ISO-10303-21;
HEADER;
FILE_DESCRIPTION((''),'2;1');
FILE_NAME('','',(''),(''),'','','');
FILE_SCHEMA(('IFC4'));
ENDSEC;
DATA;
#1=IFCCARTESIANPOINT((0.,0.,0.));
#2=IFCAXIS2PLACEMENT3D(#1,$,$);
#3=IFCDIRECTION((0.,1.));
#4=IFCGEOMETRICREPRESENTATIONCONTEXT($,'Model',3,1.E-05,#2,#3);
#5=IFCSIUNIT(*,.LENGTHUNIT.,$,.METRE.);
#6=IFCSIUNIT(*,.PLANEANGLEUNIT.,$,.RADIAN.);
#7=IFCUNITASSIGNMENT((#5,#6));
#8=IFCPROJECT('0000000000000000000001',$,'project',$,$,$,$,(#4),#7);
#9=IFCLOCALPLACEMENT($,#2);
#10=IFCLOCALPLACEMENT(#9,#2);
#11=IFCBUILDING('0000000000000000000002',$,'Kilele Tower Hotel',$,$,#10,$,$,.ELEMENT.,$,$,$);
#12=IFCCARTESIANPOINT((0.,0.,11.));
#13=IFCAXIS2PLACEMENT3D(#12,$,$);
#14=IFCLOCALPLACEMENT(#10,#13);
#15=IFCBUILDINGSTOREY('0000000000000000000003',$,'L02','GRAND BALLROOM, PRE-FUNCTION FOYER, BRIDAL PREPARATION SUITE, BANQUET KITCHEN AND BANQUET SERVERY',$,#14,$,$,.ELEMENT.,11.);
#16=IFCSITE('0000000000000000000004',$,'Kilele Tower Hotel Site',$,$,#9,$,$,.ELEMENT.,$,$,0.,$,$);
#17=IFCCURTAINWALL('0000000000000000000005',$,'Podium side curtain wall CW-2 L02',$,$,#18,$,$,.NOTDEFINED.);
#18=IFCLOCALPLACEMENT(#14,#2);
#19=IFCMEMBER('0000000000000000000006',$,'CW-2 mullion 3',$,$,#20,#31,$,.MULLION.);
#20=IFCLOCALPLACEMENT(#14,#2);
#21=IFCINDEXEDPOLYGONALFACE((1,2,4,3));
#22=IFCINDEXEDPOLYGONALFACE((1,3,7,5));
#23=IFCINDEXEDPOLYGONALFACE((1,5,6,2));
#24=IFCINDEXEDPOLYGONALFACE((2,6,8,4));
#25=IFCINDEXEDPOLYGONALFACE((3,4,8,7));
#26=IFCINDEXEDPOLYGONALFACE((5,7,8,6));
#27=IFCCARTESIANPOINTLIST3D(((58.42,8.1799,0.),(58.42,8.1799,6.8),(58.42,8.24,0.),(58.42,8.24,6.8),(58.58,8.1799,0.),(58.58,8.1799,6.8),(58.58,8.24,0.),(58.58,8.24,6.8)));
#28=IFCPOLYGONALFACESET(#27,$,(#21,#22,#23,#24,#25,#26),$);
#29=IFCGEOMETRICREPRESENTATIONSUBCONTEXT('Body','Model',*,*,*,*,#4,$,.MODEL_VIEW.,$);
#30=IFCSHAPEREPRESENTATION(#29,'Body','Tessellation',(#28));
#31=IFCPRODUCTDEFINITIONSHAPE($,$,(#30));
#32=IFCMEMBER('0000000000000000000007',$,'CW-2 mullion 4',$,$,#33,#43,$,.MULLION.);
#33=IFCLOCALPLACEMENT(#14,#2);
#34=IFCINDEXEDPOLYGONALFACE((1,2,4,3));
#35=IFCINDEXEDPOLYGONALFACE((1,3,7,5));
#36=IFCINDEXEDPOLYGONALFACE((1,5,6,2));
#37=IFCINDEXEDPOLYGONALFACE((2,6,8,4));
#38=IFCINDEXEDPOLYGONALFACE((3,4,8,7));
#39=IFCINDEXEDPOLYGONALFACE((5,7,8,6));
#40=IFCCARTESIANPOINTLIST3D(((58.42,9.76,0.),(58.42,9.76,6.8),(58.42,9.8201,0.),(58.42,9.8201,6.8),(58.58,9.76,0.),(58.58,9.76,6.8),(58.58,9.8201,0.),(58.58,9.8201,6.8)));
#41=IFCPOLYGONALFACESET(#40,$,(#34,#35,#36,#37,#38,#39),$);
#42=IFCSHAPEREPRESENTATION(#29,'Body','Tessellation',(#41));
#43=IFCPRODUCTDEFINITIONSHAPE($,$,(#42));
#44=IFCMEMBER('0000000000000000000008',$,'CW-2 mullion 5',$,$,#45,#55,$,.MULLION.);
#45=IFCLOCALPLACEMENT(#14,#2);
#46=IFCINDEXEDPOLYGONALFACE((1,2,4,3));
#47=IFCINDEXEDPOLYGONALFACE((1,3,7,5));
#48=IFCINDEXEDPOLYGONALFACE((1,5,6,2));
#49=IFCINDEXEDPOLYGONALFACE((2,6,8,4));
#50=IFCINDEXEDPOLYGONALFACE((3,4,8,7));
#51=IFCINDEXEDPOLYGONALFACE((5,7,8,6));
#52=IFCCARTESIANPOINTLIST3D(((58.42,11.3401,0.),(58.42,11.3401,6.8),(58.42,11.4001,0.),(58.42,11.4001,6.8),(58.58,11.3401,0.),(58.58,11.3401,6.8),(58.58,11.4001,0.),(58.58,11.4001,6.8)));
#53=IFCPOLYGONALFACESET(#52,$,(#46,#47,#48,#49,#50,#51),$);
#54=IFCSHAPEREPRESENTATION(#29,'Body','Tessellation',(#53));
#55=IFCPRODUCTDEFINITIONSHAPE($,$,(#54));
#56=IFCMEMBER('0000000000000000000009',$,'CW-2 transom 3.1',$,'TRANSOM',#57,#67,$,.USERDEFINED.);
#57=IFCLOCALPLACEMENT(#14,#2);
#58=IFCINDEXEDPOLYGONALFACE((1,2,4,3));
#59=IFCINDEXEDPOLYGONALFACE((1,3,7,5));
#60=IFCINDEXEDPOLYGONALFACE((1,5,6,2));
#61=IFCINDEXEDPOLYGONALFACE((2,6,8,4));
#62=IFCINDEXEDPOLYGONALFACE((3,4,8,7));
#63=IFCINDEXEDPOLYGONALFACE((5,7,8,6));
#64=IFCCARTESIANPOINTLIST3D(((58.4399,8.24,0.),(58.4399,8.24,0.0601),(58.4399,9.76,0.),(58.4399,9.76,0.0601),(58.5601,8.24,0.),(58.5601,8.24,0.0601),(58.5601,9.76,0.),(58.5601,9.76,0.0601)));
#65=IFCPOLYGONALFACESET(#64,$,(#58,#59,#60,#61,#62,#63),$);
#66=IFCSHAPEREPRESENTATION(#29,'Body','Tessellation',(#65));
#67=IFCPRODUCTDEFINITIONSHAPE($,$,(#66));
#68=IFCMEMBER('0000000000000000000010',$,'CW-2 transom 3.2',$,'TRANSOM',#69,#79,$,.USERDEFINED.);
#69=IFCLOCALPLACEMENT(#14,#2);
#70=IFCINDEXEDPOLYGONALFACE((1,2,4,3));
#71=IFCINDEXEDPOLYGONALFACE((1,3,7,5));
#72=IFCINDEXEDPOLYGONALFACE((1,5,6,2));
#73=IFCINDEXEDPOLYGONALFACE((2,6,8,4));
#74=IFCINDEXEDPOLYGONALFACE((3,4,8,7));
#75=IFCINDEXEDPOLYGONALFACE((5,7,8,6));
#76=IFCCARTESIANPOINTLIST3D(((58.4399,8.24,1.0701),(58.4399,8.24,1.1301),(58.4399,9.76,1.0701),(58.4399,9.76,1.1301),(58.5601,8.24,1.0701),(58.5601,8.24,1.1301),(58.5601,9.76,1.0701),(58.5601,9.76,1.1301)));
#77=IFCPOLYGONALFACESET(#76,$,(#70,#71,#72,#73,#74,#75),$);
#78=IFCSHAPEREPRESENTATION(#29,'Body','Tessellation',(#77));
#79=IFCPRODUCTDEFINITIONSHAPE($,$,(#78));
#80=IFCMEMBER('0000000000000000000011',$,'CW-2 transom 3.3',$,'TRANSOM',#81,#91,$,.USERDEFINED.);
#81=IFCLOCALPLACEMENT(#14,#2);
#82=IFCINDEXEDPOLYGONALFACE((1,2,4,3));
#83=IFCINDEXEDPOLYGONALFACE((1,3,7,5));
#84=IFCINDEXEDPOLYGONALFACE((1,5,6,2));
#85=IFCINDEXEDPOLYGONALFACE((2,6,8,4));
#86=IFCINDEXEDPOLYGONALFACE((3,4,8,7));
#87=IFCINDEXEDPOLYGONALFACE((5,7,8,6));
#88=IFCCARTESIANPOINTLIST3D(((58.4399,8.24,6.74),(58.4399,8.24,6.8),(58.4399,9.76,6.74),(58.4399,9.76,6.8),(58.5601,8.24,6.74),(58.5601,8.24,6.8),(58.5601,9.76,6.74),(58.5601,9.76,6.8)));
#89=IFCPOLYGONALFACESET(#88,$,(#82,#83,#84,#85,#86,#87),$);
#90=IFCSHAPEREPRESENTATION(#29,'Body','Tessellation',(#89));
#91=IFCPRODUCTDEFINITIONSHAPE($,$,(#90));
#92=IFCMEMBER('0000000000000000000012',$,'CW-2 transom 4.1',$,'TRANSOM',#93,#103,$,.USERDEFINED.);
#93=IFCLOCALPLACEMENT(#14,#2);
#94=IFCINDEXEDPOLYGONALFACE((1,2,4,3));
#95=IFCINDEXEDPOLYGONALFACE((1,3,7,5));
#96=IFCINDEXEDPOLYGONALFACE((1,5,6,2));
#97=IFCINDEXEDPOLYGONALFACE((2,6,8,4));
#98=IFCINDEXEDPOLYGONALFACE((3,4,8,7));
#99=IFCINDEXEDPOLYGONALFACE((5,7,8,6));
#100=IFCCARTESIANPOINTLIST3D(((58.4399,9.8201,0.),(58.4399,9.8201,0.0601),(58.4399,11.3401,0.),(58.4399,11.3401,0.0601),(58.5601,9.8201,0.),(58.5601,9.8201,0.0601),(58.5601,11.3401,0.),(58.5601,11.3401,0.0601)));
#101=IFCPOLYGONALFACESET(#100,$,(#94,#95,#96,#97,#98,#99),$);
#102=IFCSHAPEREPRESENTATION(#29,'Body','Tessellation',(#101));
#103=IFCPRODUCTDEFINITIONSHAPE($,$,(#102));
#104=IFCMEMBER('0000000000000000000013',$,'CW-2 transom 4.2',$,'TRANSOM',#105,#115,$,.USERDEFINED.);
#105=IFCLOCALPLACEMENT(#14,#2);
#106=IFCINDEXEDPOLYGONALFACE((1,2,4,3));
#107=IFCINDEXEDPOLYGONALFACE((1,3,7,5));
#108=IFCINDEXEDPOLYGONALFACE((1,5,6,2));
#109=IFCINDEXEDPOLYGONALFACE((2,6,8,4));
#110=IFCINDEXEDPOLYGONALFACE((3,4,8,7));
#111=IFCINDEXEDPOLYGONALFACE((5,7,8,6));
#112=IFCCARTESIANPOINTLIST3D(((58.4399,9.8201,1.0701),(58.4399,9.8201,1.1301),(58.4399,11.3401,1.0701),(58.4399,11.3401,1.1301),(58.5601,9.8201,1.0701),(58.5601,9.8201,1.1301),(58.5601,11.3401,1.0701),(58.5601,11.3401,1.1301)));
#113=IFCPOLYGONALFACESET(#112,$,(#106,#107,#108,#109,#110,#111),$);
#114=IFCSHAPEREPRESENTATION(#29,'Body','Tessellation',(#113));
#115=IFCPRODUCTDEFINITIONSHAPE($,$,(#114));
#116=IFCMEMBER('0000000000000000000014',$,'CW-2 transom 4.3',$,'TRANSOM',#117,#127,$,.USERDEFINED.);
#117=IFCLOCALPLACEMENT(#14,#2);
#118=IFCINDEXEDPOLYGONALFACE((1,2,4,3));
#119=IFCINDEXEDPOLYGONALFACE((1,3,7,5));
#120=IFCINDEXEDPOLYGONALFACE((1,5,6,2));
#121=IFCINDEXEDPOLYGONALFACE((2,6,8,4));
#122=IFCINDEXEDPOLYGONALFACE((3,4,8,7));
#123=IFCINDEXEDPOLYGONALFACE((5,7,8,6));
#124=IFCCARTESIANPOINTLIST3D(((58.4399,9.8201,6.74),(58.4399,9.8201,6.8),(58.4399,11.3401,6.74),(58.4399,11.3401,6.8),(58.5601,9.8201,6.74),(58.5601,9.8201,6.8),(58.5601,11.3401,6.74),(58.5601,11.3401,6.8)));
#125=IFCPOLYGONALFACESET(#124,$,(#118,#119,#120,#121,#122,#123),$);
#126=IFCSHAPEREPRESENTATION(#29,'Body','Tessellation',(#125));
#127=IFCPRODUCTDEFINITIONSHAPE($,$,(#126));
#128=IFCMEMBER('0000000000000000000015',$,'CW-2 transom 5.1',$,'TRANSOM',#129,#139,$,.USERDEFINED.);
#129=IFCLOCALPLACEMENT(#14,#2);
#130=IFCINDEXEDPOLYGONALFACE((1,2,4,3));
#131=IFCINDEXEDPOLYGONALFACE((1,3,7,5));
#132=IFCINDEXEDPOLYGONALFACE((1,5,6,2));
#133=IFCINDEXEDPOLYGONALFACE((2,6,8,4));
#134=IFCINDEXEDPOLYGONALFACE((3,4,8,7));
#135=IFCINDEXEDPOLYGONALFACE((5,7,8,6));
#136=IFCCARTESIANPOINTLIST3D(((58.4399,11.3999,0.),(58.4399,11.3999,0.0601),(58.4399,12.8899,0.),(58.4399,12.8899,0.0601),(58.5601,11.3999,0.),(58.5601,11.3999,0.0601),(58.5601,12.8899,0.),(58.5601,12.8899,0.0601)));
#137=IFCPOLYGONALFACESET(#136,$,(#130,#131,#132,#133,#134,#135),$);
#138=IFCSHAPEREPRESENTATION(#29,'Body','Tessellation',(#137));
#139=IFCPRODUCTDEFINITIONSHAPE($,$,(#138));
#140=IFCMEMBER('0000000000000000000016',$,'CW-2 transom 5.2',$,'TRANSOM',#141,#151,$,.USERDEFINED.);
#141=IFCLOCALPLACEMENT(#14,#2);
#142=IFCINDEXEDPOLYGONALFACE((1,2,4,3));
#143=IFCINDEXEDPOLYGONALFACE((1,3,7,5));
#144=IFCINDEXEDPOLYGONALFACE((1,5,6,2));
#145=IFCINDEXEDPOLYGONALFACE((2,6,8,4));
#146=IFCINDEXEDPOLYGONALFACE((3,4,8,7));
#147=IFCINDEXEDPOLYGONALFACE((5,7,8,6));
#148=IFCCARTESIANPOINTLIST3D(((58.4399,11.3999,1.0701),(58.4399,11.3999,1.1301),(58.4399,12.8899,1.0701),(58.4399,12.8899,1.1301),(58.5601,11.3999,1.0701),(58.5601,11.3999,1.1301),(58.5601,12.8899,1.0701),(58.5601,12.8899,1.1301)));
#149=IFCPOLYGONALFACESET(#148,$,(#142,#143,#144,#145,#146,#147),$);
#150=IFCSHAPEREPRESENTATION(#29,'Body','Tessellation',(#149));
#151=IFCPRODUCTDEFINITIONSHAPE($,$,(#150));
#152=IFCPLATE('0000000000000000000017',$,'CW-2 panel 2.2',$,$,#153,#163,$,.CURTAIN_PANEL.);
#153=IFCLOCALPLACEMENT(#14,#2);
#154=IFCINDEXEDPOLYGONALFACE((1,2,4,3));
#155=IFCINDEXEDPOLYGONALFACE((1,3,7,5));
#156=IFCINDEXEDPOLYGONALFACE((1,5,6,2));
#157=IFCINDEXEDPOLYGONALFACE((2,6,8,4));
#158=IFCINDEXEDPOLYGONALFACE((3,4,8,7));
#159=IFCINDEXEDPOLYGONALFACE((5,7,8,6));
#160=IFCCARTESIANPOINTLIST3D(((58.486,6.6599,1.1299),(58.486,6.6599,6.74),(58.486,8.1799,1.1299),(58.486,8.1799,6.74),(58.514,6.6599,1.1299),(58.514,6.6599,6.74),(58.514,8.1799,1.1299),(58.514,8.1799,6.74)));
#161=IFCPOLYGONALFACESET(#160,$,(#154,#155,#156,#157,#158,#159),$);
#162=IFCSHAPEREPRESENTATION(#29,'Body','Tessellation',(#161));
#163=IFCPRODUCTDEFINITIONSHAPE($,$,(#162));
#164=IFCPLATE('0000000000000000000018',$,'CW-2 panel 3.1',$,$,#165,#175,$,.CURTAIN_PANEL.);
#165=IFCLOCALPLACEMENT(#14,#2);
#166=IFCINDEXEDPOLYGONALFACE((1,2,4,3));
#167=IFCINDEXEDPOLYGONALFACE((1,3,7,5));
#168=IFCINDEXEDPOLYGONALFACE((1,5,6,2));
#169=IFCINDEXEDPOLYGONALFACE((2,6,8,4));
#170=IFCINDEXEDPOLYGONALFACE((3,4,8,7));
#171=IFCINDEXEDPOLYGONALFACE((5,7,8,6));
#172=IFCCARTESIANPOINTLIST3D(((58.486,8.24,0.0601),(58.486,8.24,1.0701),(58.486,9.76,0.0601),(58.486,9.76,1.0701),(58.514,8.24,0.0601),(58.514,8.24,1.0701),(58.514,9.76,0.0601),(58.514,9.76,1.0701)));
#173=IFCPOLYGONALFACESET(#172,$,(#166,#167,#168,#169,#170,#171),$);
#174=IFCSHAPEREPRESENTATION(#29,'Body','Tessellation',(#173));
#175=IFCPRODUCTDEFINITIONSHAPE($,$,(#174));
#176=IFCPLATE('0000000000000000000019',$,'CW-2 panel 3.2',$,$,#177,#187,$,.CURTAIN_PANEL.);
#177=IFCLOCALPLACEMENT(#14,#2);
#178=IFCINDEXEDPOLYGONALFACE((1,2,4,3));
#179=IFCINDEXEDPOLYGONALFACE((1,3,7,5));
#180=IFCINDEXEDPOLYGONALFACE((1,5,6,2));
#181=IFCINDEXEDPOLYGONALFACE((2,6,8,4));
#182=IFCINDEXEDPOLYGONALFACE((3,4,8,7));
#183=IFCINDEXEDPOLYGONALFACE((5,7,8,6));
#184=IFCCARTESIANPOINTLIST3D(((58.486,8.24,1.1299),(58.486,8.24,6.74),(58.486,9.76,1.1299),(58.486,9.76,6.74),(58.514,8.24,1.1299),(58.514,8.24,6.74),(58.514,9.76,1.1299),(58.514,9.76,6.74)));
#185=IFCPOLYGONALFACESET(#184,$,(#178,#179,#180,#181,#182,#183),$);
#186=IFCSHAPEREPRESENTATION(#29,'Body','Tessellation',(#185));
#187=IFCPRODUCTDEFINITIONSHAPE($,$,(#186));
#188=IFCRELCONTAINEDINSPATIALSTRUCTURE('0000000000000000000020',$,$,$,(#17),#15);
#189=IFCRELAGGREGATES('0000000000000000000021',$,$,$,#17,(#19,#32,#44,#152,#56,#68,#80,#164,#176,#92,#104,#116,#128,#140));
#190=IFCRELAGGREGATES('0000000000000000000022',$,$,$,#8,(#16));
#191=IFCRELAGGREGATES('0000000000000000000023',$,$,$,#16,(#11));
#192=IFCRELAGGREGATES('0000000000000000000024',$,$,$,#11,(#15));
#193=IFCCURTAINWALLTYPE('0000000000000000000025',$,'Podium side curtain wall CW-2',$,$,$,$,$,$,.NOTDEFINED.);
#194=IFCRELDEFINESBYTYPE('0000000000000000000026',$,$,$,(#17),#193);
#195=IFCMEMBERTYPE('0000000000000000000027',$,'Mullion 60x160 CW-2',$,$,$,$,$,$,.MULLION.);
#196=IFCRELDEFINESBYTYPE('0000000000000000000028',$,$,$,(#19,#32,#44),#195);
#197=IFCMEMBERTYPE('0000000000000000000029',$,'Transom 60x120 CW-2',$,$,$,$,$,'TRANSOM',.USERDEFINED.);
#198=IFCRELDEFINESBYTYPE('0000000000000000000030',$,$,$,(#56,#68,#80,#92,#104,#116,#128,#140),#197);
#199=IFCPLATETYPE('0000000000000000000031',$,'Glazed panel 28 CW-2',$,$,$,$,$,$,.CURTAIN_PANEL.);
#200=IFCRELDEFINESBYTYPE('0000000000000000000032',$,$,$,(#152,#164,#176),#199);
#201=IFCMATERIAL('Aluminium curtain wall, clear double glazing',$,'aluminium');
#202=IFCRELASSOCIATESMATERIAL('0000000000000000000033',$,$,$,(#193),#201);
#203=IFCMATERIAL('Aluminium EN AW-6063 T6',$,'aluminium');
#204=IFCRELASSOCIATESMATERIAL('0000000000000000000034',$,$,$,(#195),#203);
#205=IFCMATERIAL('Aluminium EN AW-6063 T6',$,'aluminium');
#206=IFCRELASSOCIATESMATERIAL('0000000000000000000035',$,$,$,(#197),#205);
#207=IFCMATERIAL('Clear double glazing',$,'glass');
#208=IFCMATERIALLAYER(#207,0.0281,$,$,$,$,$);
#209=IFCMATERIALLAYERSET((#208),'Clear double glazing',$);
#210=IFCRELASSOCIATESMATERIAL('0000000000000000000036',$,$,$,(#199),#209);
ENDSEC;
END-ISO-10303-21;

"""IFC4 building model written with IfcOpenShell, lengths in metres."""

from ifc_helpers import new_model, si_unit, direction, frame, origin, origin_2d, place, context, subcontext, project, spatial, rectangle, extrude, material, layer, layer_set, material_profile, profile_set, type_object, element, aggregate, save


model = new_model("IFC4")

# Units and contexts
model_context = context("Model", 3, precision=1e-05, world=origin(), true_north=direction((0.0, 1.0)))
body_context = subcontext(model_context, "Body", "Model", "MODEL_VIEW")
ifc_project = project(units=[si_unit("LENGTHUNIT", "METRE"), si_unit("PLANEANGLEUNIT", "RADIAN")], contexts=[model_context])

# Site, building, storey
site_placement = place(None, origin())
site = spatial("IfcSite", under=ifc_project, at=site_placement, Name="Kilele Tower Hotel Site", CompositionType="ELEMENT", RefElevation=0.0)
building_placement = place(site_placement, origin())
building = spatial("IfcBuilding", under=site, at=building_placement, Name="Kilele Tower Hotel", CompositionType="ELEMENT")
storey_placement = place(building_placement, frame((0.0, 0.0, 11.0)))
storey = spatial("IfcBuildingStorey", under=building, at=storey_placement, Name="L02", Description="GRAND BALLROOM, PRE-FUNCTION FOYER, BRIDAL PREPARATION SUITE, BANQUET KITCHEN AND BANQUET SERVERY", CompositionType="ELEMENT", Elevation=11.0)

# Curtain wall, members, plates
ifc_material_1 = material(Name="Aluminium curtain wall, clear double glazing", Category="aluminium")
curtain_wall_type = type_object("IfcCurtainWallType", Name="Podium side curtain wall CW-2", PredefinedType="NOTDEFINED", material=ifc_material_1)
curtain_wall_placement = place(storey_placement, origin())
curtain_wall = element("IfcCurtainWall", 1, at=curtain_wall_placement, inside=storey, type_object=curtain_wall_type, Name="Podium side curtain wall CW-2 L02", PredefinedType="NOTDEFINED")
ifc_material_2 = material(Name="Aluminium EN AW-6063 T6", Category="aluminium")
ifc_material_profile_1 = material_profile(ifc_material_2, rectangle(XDim=0.1599, YDim=0.0601, at=origin_2d()))
ifc_profile_set_1 = profile_set([ifc_material_profile_1], Name="Aluminium EN AW-6063 T6")
member_type_1 = type_object("IfcMemberType", Name="Mullion 60x160 CW-2", PredefinedType="MULLION", material=ifc_profile_set_1)
member_1_placement = place(storey_placement, frame((58.5, 8.21, 0.0), z_axis=(0.0, 0.0, 1.0), x_axis=(-1.0, 0.0, 0.0)))
member_1 = element("IfcMember", 2, at=member_1_placement, type_object=member_type_1, Name="CW-2 mullion 3", PredefinedType="MULLION", context=body_context, shape_type="SweptSolid", body=[
    extrude(rectangle(XDim=0.1599, YDim=0.0601, at=origin_2d()), origin(), (0.0, 0.0, 1.0), 6.8),
])
member_2_placement = place(storey_placement, frame((58.5, 9.79, 0.0), z_axis=(0.0, 0.0, 1.0), x_axis=(-1.0, 0.0, 0.0)))
member_2 = element("IfcMember", 3, at=member_2_placement, type_object=member_type_1, Name="CW-2 mullion 4", PredefinedType="MULLION", context=body_context, shape_type="SweptSolid", body=[
    extrude(rectangle(XDim=0.1599, YDim=0.0601, at=origin_2d()), origin(), (0.0, 0.0, 1.0), 6.8),
])
member_3_placement = place(storey_placement, frame((58.5, 11.3701, 0.0), z_axis=(0.0, 0.0, 1.0), x_axis=(-1.0, 0.0, 0.0)))
member_3 = element("IfcMember", 4, at=member_3_placement, type_object=member_type_1, Name="CW-2 mullion 5", PredefinedType="MULLION", context=body_context, shape_type="SweptSolid", body=[
    extrude(rectangle(XDim=0.1599, YDim=0.0601, at=origin_2d()), origin(), (0.0, 0.0, 1.0), 6.8),
])
ifc_material_3 = material(Name="Aluminium EN AW-6063 T6", Category="aluminium")
ifc_material_profile_2 = material_profile(ifc_material_3, rectangle(XDim=0.1201, YDim=0.0601, at=origin_2d()))
ifc_profile_set_2 = profile_set([ifc_material_profile_2], Name="Aluminium EN AW-6063 T6")
member_type_2 = type_object("IfcMemberType", Name="Transom 60x120 CW-2", ElementType="TRANSOM", PredefinedType="USERDEFINED", material=ifc_profile_set_2)
member_4_placement = place(storey_placement, frame((58.5, 8.24, 0.03), z_axis=(0.0, 1.0, 0.0), x_axis=(-1.0, 0.0, 0.0)))
member_4 = element("IfcMember", 5, at=member_4_placement, type_object=member_type_2, Name="CW-2 transom 3.1", ObjectType="TRANSOM", PredefinedType="USERDEFINED", context=body_context, shape_type="SweptSolid", body=[
    extrude(rectangle(XDim=0.1201, YDim=0.0601, at=origin_2d()), origin(), (0.0, 0.0, 1.0), 1.52),
])
member_5_placement = place(storey_placement, frame((58.5, 8.24, 1.1001), z_axis=(0.0, 1.0, 0.0), x_axis=(-1.0, 0.0, 0.0)))
member_5 = element("IfcMember", 6, at=member_5_placement, type_object=member_type_2, Name="CW-2 transom 3.2", ObjectType="TRANSOM", PredefinedType="USERDEFINED", context=body_context, shape_type="SweptSolid", body=[
    extrude(rectangle(XDim=0.1201, YDim=0.0601, at=origin_2d()), origin(), (0.0, 0.0, 1.0), 1.52),
])
member_6_placement = place(storey_placement, frame((58.5, 8.24, 6.77), z_axis=(0.0, 1.0, 0.0), x_axis=(-1.0, 0.0, 0.0)))
member_6 = element("IfcMember", 7, at=member_6_placement, type_object=member_type_2, Name="CW-2 transom 3.3", ObjectType="TRANSOM", PredefinedType="USERDEFINED", context=body_context, shape_type="SweptSolid", body=[
    extrude(rectangle(XDim=0.1201, YDim=0.0601, at=origin_2d()), origin(), (0.0, 0.0, 1.0), 1.52),
])
member_7_placement = place(storey_placement, frame((58.5, 9.8201, 0.03), z_axis=(0.0, 1.0, 0.0), x_axis=(-1.0, 0.0, 0.0)))
member_7 = element("IfcMember", 8, at=member_7_placement, type_object=member_type_2, Name="CW-2 transom 4.1", ObjectType="TRANSOM", PredefinedType="USERDEFINED", context=body_context, shape_type="SweptSolid", body=[
    extrude(rectangle(XDim=0.1201, YDim=0.0601, at=origin_2d()), origin(), (0.0, 0.0, 1.0), 1.52),
])
member_8_placement = place(storey_placement, frame((58.5, 9.8201, 1.1001), z_axis=(0.0, 1.0, 0.0), x_axis=(-1.0, 0.0, 0.0)))
member_8 = element("IfcMember", 9, at=member_8_placement, type_object=member_type_2, Name="CW-2 transom 4.2", ObjectType="TRANSOM", PredefinedType="USERDEFINED", context=body_context, shape_type="SweptSolid", body=[
    extrude(rectangle(XDim=0.1201, YDim=0.0601, at=origin_2d()), origin(), (0.0, 0.0, 1.0), 1.52),
])
member_9_placement = place(storey_placement, frame((58.5, 9.8201, 6.77), z_axis=(0.0, 1.0, 0.0), x_axis=(-1.0, 0.0, 0.0)))
member_9 = element("IfcMember", 10, at=member_9_placement, type_object=member_type_2, Name="CW-2 transom 4.3", ObjectType="TRANSOM", PredefinedType="USERDEFINED", context=body_context, shape_type="SweptSolid", body=[
    extrude(rectangle(XDim=0.1201, YDim=0.0601, at=origin_2d()), origin(), (0.0, 0.0, 1.0), 1.52),
])
member_10_placement = place(storey_placement, frame((58.5, 11.3999, 0.03), z_axis=(0.0, 1.0, 0.0), x_axis=(-1.0, 0.0, 0.0)))
member_10 = element("IfcMember", 11, at=member_10_placement, type_object=member_type_2, Name="CW-2 transom 5.1", ObjectType="TRANSOM", PredefinedType="USERDEFINED", context=body_context, shape_type="SweptSolid", body=[
    extrude(rectangle(XDim=0.1201, YDim=0.0601, at=origin_2d()), origin(), (0.0, 0.0, 1.0), 1.49),
])
member_11_placement = place(storey_placement, frame((58.5, 11.3999, 1.1001), z_axis=(0.0, 1.0, 0.0), x_axis=(-1.0, 0.0, 0.0)))
member_11 = element("IfcMember", 12, at=member_11_placement, type_object=member_type_2, Name="CW-2 transom 5.2", ObjectType="TRANSOM", PredefinedType="USERDEFINED", context=body_context, shape_type="SweptSolid", body=[
    extrude(rectangle(XDim=0.1201, YDim=0.0601, at=origin_2d()), origin(), (0.0, 0.0, 1.0), 1.49),
])
ifc_material_4 = material(Name="Clear double glazing", Category="glass")
ifc_layer = layer(ifc_material_4, 0.0281)
ifc_layer_set = layer_set([ifc_layer], Name="Clear double glazing")
plate_type = type_object("IfcPlateType", Name="Glazed panel 28 CW-2", PredefinedType="CURTAIN_PANEL", material=ifc_layer_set)
plate_1_placement = place(storey_placement, frame((58.5, 7.4199, 1.1299), z_axis=(0.0, 0.0, 1.0), x_axis=(0.0, 1.0, 0.0)))
plate_1 = element("IfcPlate", 13, at=plate_1_placement, type_object=plate_type, Name="CW-2 panel 2.2", PredefinedType="CURTAIN_PANEL", context=body_context, shape_type="SweptSolid", body=[
    extrude(rectangle(XDim=1.52, YDim=0.0281, at=origin_2d()), origin(), (0.0, 0.0, 1.0), 5.6101),
])
plate_2_placement = place(storey_placement, frame((58.5, 9.0, 0.0601), z_axis=(0.0, 0.0, 1.0), x_axis=(0.0, 1.0, 0.0)))
plate_2 = element("IfcPlate", 14, at=plate_2_placement, type_object=plate_type, Name="CW-2 panel 3.1", PredefinedType="CURTAIN_PANEL", context=body_context, shape_type="SweptSolid", body=[
    extrude(rectangle(XDim=1.52, YDim=0.0281, at=origin_2d()), origin(), (0.0, 0.0, 1.0), 1.01),
])
plate_3_placement = place(storey_placement, frame((58.5, 9.0, 1.1299), z_axis=(0.0, 0.0, 1.0), x_axis=(0.0, 1.0, 0.0)))
plate_3 = element("IfcPlate", 15, at=plate_3_placement, type_object=plate_type, Name="CW-2 panel 3.2", PredefinedType="CURTAIN_PANEL", context=body_context, shape_type="SweptSolid", body=[
    extrude(rectangle(XDim=1.52, YDim=0.0281, at=origin_2d()), origin(), (0.0, 0.0, 1.0), 5.6101),
])
aggregate(curtain_wall, [member_1, member_2, member_3, plate_1, member_4, member_5, member_6, plate_2, plate_3, member_7, member_8, member_9, member_10, member_11])

save(model, "model.ifc")
